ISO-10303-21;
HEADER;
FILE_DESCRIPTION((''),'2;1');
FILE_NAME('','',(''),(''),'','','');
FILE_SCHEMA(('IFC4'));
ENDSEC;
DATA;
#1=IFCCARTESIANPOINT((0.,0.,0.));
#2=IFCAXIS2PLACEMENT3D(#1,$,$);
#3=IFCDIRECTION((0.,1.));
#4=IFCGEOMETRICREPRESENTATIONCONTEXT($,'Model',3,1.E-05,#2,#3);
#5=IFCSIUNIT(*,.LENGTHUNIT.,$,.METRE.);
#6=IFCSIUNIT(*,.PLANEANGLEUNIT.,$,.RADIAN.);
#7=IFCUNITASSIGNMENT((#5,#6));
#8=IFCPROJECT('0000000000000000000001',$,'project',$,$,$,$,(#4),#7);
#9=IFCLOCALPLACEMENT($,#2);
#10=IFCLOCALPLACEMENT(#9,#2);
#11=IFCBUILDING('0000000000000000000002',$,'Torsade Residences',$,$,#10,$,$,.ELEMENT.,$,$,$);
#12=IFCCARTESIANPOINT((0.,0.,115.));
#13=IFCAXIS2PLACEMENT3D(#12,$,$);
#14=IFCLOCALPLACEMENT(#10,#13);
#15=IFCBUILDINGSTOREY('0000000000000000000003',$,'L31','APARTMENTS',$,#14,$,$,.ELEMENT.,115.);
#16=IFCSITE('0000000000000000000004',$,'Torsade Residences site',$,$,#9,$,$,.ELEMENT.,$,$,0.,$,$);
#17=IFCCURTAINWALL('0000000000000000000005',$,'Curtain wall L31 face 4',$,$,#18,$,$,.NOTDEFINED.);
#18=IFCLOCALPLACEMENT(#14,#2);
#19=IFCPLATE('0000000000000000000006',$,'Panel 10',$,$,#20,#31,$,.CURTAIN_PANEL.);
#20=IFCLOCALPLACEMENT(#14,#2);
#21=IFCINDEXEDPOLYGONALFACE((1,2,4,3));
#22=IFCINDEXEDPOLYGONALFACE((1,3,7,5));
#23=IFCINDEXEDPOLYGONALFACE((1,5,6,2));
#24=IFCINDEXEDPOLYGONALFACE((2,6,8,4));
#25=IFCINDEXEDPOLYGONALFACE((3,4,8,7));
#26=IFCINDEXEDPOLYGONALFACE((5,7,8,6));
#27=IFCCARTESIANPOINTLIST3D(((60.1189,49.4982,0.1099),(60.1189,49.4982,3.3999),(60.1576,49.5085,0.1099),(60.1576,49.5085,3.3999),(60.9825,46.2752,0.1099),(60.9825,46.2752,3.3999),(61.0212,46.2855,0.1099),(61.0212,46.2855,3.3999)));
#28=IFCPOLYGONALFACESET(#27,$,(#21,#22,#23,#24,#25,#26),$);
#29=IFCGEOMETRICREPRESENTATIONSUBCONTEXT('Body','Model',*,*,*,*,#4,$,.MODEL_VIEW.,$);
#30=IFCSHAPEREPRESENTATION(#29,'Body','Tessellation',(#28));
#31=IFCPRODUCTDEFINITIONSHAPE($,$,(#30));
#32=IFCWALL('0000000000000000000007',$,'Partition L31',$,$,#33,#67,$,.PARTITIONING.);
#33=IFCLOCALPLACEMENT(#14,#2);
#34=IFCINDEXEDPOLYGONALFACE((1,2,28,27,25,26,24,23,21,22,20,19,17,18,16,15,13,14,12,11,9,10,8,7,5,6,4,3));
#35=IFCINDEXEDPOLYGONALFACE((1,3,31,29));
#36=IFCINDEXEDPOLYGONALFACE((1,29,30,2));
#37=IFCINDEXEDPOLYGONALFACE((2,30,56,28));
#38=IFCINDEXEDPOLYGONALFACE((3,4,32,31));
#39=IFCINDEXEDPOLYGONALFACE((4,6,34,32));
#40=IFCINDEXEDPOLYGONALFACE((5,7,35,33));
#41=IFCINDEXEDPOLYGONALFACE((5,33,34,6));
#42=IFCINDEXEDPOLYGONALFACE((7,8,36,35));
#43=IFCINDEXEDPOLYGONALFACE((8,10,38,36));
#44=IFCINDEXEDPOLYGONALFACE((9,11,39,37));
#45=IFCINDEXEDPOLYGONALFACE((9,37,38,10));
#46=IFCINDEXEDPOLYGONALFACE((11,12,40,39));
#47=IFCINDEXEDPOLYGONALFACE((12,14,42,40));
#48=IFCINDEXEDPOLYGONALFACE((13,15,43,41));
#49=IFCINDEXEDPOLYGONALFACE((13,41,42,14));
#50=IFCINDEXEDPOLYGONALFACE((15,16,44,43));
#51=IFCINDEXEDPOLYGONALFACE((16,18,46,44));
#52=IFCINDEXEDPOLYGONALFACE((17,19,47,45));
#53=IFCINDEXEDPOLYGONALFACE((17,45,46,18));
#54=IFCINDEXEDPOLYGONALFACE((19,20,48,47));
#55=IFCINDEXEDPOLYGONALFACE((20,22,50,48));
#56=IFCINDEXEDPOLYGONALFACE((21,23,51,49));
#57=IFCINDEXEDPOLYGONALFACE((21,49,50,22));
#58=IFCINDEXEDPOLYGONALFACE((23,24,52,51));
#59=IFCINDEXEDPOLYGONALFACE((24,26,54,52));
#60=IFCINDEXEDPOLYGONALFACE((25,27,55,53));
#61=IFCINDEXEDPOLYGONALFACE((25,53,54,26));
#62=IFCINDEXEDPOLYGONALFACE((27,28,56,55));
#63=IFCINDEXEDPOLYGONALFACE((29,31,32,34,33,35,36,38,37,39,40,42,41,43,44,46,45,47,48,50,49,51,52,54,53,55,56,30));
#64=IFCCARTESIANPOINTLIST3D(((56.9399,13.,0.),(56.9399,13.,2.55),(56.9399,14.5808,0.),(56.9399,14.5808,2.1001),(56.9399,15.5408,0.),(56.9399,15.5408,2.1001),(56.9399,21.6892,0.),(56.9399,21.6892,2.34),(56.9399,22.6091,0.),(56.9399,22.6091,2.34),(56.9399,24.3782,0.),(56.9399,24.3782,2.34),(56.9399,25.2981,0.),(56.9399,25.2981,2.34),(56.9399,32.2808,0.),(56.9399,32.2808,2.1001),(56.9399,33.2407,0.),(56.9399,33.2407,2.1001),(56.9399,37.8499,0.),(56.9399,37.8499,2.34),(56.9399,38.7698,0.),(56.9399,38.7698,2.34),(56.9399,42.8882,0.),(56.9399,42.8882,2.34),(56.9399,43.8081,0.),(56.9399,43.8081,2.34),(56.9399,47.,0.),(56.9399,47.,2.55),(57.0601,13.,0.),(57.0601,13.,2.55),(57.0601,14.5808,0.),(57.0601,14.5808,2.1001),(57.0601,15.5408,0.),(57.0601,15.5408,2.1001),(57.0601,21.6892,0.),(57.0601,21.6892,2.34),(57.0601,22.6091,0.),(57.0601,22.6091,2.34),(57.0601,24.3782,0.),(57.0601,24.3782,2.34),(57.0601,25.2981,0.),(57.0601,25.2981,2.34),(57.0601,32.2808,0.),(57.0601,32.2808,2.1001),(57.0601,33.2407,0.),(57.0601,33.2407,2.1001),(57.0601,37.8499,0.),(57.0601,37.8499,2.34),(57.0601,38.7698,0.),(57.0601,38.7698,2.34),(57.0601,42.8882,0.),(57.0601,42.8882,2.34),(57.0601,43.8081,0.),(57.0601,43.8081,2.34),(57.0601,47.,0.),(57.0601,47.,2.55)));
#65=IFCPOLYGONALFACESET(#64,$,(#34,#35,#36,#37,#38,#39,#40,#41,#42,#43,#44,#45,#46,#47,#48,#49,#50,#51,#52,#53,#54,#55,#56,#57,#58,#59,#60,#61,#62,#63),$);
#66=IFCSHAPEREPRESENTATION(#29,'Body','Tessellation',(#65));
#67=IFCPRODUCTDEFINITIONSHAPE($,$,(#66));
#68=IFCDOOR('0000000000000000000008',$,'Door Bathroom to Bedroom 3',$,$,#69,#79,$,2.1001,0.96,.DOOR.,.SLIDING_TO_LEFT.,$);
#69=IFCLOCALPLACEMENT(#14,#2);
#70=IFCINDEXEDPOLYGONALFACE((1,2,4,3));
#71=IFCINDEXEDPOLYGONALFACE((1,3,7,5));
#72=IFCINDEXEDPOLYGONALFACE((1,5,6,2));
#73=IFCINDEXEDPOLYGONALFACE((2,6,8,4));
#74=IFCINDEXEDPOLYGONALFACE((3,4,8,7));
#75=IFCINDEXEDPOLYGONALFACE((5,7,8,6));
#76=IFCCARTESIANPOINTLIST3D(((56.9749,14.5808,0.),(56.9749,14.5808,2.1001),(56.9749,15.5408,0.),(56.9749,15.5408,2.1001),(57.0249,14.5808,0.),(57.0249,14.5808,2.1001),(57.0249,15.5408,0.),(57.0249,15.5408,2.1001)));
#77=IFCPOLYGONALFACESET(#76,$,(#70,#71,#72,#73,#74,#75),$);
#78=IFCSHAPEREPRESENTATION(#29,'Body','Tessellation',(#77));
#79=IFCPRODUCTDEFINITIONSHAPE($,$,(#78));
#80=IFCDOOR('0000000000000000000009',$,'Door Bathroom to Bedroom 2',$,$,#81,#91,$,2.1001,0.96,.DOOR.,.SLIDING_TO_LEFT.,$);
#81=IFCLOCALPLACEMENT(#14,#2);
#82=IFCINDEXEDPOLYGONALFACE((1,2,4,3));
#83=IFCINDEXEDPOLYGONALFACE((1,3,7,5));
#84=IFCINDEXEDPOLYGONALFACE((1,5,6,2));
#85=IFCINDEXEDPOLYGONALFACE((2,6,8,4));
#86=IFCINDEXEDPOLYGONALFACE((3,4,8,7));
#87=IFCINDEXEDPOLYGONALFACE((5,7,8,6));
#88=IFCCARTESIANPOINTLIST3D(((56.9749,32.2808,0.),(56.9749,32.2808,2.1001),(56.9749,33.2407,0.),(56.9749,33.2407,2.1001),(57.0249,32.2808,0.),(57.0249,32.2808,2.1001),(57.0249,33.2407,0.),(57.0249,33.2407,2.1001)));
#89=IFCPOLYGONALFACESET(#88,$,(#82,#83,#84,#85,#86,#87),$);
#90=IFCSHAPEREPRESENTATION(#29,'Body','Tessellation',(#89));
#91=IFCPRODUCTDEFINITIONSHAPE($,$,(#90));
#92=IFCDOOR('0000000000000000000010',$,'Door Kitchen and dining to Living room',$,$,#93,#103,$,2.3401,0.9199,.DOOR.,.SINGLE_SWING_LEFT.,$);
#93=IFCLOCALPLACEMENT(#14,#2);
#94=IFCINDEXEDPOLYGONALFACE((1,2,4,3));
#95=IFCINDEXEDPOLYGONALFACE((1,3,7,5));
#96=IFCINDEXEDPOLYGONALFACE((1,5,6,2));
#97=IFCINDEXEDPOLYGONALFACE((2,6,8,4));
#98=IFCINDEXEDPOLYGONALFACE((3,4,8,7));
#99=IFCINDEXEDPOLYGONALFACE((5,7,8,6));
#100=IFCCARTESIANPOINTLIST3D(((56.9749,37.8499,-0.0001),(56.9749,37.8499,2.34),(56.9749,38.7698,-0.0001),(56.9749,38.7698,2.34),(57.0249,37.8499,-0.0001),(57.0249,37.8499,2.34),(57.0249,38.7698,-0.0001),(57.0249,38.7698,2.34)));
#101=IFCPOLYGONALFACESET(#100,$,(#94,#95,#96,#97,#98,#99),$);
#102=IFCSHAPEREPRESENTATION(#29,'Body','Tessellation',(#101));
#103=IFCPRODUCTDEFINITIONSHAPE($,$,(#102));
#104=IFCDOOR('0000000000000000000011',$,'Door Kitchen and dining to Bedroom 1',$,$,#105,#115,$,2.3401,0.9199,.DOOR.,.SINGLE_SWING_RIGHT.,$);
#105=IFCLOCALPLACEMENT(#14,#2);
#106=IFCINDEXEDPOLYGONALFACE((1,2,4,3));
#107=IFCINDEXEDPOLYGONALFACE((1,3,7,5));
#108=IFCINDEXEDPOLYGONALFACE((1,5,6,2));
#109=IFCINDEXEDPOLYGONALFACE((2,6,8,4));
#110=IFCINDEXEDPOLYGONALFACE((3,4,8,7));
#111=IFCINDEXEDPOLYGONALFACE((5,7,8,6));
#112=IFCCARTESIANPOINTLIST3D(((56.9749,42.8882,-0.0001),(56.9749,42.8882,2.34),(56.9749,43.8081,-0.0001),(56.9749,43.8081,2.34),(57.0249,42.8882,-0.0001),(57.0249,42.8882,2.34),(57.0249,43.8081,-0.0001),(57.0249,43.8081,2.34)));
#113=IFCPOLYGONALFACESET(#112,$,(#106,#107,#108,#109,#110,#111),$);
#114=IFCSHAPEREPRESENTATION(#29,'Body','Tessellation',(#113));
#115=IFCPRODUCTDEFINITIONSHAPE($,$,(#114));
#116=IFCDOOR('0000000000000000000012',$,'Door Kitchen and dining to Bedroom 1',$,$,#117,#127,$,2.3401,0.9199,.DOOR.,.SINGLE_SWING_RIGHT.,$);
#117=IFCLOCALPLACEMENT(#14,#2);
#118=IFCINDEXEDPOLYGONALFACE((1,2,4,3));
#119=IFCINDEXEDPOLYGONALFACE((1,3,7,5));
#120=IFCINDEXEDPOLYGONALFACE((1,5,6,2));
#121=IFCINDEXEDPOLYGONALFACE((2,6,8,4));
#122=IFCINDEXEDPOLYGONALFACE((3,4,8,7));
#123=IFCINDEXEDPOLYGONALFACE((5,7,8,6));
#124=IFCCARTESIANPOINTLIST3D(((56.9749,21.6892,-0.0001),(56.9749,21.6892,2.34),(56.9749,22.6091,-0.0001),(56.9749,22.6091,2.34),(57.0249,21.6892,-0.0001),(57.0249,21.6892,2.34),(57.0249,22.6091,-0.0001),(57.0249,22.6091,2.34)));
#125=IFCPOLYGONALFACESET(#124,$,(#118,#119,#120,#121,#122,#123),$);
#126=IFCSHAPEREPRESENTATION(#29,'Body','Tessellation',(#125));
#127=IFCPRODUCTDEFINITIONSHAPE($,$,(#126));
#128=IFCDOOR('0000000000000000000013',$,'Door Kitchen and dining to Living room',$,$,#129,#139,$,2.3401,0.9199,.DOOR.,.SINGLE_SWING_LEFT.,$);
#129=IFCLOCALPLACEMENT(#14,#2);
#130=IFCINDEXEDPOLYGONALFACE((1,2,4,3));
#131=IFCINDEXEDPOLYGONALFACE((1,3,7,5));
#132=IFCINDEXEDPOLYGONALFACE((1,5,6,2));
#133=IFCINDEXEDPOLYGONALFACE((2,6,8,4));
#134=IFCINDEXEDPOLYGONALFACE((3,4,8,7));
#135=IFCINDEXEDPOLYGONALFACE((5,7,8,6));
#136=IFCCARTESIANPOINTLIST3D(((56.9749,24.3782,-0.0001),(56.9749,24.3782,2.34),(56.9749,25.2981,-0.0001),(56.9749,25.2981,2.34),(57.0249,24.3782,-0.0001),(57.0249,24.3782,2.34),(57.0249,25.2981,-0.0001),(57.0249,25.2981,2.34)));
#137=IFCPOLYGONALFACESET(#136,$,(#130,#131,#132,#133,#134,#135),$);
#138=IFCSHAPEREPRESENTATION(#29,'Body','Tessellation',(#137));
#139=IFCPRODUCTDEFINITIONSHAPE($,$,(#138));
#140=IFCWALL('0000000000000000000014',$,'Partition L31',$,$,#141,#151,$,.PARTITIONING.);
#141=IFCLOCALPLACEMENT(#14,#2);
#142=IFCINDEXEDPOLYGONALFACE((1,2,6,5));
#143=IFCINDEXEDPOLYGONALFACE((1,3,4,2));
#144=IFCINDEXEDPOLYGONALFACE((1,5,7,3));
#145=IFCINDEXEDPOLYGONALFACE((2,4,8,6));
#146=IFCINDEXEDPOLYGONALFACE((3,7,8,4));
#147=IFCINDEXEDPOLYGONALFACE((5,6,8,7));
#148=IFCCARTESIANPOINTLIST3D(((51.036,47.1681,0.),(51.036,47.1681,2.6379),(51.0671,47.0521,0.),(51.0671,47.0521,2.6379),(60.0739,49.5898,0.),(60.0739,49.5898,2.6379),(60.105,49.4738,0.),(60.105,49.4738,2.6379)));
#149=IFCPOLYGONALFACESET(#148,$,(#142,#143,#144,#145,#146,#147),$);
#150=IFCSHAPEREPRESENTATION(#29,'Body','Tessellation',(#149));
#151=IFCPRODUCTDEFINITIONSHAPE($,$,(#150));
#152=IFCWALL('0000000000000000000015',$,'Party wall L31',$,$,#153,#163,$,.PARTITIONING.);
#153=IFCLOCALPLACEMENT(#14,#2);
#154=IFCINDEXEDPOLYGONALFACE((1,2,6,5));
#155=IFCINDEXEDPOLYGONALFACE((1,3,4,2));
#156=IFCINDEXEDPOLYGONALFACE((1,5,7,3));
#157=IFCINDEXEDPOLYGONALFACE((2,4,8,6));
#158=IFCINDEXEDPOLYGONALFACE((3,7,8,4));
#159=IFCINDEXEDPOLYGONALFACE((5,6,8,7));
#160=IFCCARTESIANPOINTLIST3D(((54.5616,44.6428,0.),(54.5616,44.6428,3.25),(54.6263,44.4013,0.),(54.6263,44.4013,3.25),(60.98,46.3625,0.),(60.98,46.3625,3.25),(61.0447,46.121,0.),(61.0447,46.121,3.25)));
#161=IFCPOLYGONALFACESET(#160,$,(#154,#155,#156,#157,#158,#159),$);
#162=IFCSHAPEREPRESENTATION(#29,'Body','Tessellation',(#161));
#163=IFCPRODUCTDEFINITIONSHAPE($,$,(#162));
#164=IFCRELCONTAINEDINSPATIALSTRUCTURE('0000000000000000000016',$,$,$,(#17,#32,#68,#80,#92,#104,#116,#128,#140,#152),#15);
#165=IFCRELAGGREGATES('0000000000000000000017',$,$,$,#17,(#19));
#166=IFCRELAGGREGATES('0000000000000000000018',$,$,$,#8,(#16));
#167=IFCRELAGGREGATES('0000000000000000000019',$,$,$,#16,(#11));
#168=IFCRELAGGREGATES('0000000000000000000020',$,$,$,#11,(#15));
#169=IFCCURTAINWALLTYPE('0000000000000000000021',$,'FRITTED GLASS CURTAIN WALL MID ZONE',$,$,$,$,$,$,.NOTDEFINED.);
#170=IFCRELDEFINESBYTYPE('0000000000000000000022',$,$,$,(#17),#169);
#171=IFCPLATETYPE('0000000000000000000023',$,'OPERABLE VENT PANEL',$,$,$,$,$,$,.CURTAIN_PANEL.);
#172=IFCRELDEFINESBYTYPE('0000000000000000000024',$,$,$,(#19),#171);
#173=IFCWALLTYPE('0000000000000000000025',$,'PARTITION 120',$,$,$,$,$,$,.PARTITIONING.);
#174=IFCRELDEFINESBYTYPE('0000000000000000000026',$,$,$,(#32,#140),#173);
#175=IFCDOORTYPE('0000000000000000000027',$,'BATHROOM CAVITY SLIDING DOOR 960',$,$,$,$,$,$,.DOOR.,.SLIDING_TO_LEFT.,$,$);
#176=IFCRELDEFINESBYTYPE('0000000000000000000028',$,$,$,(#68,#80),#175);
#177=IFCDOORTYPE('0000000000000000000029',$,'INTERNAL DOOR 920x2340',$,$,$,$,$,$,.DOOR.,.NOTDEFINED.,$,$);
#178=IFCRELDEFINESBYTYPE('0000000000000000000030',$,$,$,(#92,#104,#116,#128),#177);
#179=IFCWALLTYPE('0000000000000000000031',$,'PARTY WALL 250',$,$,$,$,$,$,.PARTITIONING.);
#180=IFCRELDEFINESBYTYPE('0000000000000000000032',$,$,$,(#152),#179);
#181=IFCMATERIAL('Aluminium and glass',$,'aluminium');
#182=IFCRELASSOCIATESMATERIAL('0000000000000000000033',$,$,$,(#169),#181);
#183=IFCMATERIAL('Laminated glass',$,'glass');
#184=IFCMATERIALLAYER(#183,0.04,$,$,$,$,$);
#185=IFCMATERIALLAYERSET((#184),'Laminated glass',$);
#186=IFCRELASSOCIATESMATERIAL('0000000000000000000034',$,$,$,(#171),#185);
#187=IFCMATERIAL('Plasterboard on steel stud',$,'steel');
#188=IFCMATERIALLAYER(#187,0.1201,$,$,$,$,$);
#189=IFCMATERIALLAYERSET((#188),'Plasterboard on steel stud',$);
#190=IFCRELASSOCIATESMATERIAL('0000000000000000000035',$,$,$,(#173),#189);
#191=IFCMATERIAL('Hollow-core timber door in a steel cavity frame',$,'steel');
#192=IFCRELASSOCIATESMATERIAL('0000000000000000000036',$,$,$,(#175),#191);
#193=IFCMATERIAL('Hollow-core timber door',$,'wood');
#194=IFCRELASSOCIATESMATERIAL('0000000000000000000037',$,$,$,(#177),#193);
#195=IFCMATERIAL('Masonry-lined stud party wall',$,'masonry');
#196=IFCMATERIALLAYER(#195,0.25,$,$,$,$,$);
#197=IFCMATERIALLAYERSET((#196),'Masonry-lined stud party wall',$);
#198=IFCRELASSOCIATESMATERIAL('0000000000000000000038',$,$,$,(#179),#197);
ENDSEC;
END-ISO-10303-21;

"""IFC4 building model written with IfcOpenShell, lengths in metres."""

from ifc_helpers import new_model, si_unit, direction, frame, frame_2d, origin, origin_2d, place, context, subcontext, project, spatial, rectangle, extrude, material, layer, layer_set, type_object, element, fill, aggregate, save


model = new_model("IFC4")

# Units and contexts
model_context = context("Model", 3, precision=1e-05, world=origin(), true_north=direction((0.0, 1.0)))
body_context = subcontext(model_context, "Body", "Model", "MODEL_VIEW")
ifc_project = project(units=[si_unit("LENGTHUNIT", "METRE"), si_unit("PLANEANGLEUNIT", "RADIAN")], contexts=[model_context])

# Site, building, storey
site_placement = place(None, origin())
site = spatial("IfcSite", under=ifc_project, at=site_placement, Name="Torsade Residences site", CompositionType="ELEMENT", RefElevation=0.0)
building_placement = place(site_placement, origin())
building = spatial("IfcBuilding", under=site, at=building_placement, Name="Torsade Residences", CompositionType="ELEMENT")
storey_placement = place(building_placement, frame((0.0, 0.0, 115.0)))
storey = spatial("IfcBuildingStorey", under=building, at=storey_placement, Name="L31", Description="APARTMENTS", CompositionType="ELEMENT", Elevation=115.0)

# Curtain wall
ifc_material_1 = material(Name="Aluminium and glass", Category="aluminium")
curtain_wall_type = type_object("IfcCurtainWallType", Name="FRITTED GLASS CURTAIN WALL MID ZONE", PredefinedType="NOTDEFINED", material=ifc_material_1)
curtain_wall_placement = place(storey_placement, origin())
curtain_wall = element("IfcCurtainWall", 1, at=curtain_wall_placement, inside=storey, type_object=curtain_wall_type, Name="Curtain wall L31 face 4", PredefinedType="NOTDEFINED")

# Plate
ifc_material_2 = material(Name="Laminated glass", Category="glass")
ifc_layer_1 = layer(ifc_material_2, 0.04)
ifc_layer_set_1 = layer_set([ifc_layer_1], Name="Laminated glass")
plate_type_1 = type_object("IfcPlateType", Name="OPERABLE VENT PANEL", PredefinedType="CURTAIN_PANEL", material=ifc_layer_set_1)
plate_1_placement = place(storey_placement, frame((60.5701, 47.8918, 0.1099), z_axis=(0.0, 0.0, 1.0), x_axis=(-0.258819, 0.965926, 0.0)))
plate_1 = element("IfcPlate", 2, at=plate_1_placement, type_object=plate_type_1, Name="Panel 10", PredefinedType="CURTAIN_PANEL", context=body_context, shape_type="SweptSolid", body=[
    extrude(rectangle(XDim=3.3367, YDim=0.04, at=origin_2d()), origin(), (0.0, 0.0, 1.0), 3.29),
])
aggregate(curtain_wall, [plate_1])

# Wall, openings, doors
ifc_material_3 = material(Name="Plasterboard on steel stud", Category="steel")
ifc_layer_2 = layer(ifc_material_3, 0.1201)
ifc_layer_set_2 = layer_set([ifc_layer_2], Name="Plasterboard on steel stud")
wall_type_1 = type_object("IfcWallType", Name="PARTITION 120", PredefinedType="PARTITIONING", material=ifc_layer_set_2)
wall_1_placement = place(storey_placement, frame((57.0, 47.0, 0.0), z_axis=(0.0, 0.0, 1.0), x_axis=(0.0, -1.0, 0.0)))
wall_1 = element("IfcWall", 3, at=wall_1_placement, inside=storey, type_object=wall_type_1, Name="Partition L31", PredefinedType="PARTITIONING", context=body_context, shape_type="SweptSolid", body=[
    extrude(rectangle(XDim=34.0, YDim=0.1201, at=frame_2d((17.0, 0.0))), origin(), (0.0, 0.0, 1.0), 2.55),
])
opening_1_placement = place(wall_1_placement, frame((8.2302, 0.0, 0.0)))
opening_1 = element("IfcOpeningElement", 4, at=opening_1_placement, cuts=wall_1, PredefinedType="OPENING", context=body_context, shape_type="SweptSolid", body=[
    extrude(rectangle(XDim=0.9199, YDim=2.3401, at=frame_2d((0.46, 1.1699))), frame((0.0, 0.0701, 0.0), z_axis=(0.0, -1.0, 0.0), x_axis=(1.0, 0.0, 0.0)), (0.0, 0.0, 1.0), 0.1401),
])
opening_2_placement = place(wall_1_placement, frame((3.1919, 0.0, 0.0)))
opening_2 = element("IfcOpeningElement", 5, at=opening_2_placement, cuts=wall_1, PredefinedType="OPENING", context=body_context, shape_type="SweptSolid", body=[
    extrude(rectangle(XDim=0.9199, YDim=2.3401, at=frame_2d((0.46, 1.1699))), frame((0.0, 0.0701, 0.0), z_axis=(0.0, -1.0, 0.0), x_axis=(1.0, 0.0, 0.0)), (0.0, 0.0, 1.0), 0.1401),
])
opening_3_placement = place(wall_1_placement, frame((24.3909, 0.0, 0.0)))
opening_3 = element("IfcOpeningElement", 6, at=opening_3_placement, cuts=wall_1, PredefinedType="OPENING", context=body_context, shape_type="SweptSolid", body=[
    extrude(rectangle(XDim=0.9199, YDim=2.3401, at=frame_2d((0.46, 1.1699))), frame((0.0, 0.0701, 0.0), z_axis=(0.0, -1.0, 0.0), x_axis=(1.0, 0.0, 0.0)), (0.0, 0.0, 1.0), 0.1401),
])
opening_4_placement = place(wall_1_placement, frame((21.7019, 0.0, 0.0)))
opening_4 = element("IfcOpeningElement", 7, at=opening_4_placement, cuts=wall_1, PredefinedType="OPENING", context=body_context, shape_type="SweptSolid", body=[
    extrude(rectangle(XDim=0.9199, YDim=2.3401, at=frame_2d((0.46, 1.1699))), frame((0.0, 0.0701, 0.0), z_axis=(0.0, -1.0, 0.0), x_axis=(1.0, 0.0, 0.0)), (0.0, 0.0, 1.0), 0.1401),
])
opening_5_placement = place(wall_1_placement, frame((31.4592, 0.0, 0.0)))
opening_5 = element("IfcOpeningElement", 8, at=opening_5_placement, cuts=wall_1, PredefinedType="OPENING", context=body_context, shape_type="SweptSolid", body=[
    extrude(rectangle(XDim=0.96, YDim=2.1001, at=frame_2d((0.48, 1.05))), frame((0.0, 0.0701, 0.0), z_axis=(0.0, -1.0, 0.0), x_axis=(1.0, 0.0, 0.0)), (0.0, 0.0, 1.0), 0.1401),
])
opening_6_placement = place(wall_1_placement, frame((13.7593, 0.0, 0.0)))
opening_6 = element("IfcOpeningElement", 9, at=opening_6_placement, cuts=wall_1, PredefinedType="OPENING", context=body_context, shape_type="SweptSolid", body=[
    extrude(rectangle(XDim=0.96, YDim=2.1001, at=frame_2d((0.48, 1.05))), frame((0.0, 0.0701, 0.0), z_axis=(0.0, -1.0, 0.0), x_axis=(1.0, 0.0, 0.0)), (0.0, 0.0, 1.0), 0.1401),
])
ifc_material_4 = material(Name="Hollow-core timber door in a steel cavity frame", Category="steel")
door_type_1 = type_object("IfcDoorType", Name="BATHROOM CAVITY SLIDING DOOR 960", OperationType="SLIDING_TO_LEFT", PredefinedType="DOOR", material=ifc_material_4)
door_1_placement = place(opening_5_placement, origin())
door_1 = element("IfcDoor", 10, at=door_1_placement, inside=storey, type_object=door_type_1, Name="Door Bathroom to Bedroom 3", OperationType="SLIDING_TO_LEFT", OverallHeight=2.1001, OverallWidth=0.96, PredefinedType="DOOR", context=body_context, shape_type="SweptSolid", body=[
    extrude(rectangle(XDim=0.96, YDim=2.1001, at=frame_2d((0.48, 1.05))), frame((0.0, 0.0249, 0.0), z_axis=(0.0, -1.0, 0.0), x_axis=(1.0, 0.0, 0.0)), (0.0, 0.0, 1.0), 0.05),
])
fill(opening_5, door_1)
door_2_placement = place(opening_6_placement, origin())
door_2 = element("IfcDoor", 11, at=door_2_placement, inside=storey, type_object=door_type_1, Name="Door Bathroom to Bedroom 2", OperationType="SLIDING_TO_LEFT", OverallHeight=2.1001, OverallWidth=0.96, PredefinedType="DOOR", context=body_context, shape_type="SweptSolid", body=[
    extrude(rectangle(XDim=0.96, YDim=2.1001, at=frame_2d((0.48, 1.05))), frame((0.0, 0.0249, 0.0), z_axis=(0.0, -1.0, 0.0), x_axis=(1.0, 0.0, 0.0)), (0.0, 0.0, 1.0), 0.05),
])
fill(opening_6, door_2)
ifc_material_5 = material(Name="Hollow-core timber door", Category="wood")
door_type_2 = type_object("IfcDoorType", Name="INTERNAL DOOR 920x2340", OperationType="NOTDEFINED", PredefinedType="DOOR", material=ifc_material_5)
door_3_placement = place(opening_1_placement, origin())
door_3 = element("IfcDoor", 12, at=door_3_placement, inside=storey, type_object=door_type_2, Name="Door Kitchen and dining to Living room", OperationType="SINGLE_SWING_LEFT", OverallHeight=2.3401, OverallWidth=0.9199, PredefinedType="DOOR", context=body_context, shape_type="SweptSolid", body=[
    extrude(rectangle(XDim=0.9199, YDim=2.3401, at=frame_2d((0.46, 1.1699))), frame((0.0, 0.0249, 0.0), z_axis=(0.0, -1.0, 0.0), x_axis=(1.0, 0.0, 0.0)), (0.0, 0.0, 1.0), 0.05),
])
fill(opening_1, door_3)
door_4_placement = place(opening_2_placement, origin())
door_4 = element("IfcDoor", 13, at=door_4_placement, inside=storey, type_object=door_type_2, Name="Door Kitchen and dining to Bedroom 1", OperationType="SINGLE_SWING_RIGHT", OverallHeight=2.3401, OverallWidth=0.9199, PredefinedType="DOOR", context=body_context, shape_type="SweptSolid", body=[
    extrude(rectangle(XDim=0.9199, YDim=2.3401, at=frame_2d((0.46, 1.1699))), frame((0.0, 0.0249, 0.0), z_axis=(0.0, -1.0, 0.0), x_axis=(1.0, 0.0, 0.0)), (0.0, 0.0, 1.0), 0.05),
])
fill(opening_2, door_4)
door_5_placement = place(opening_3_placement, origin())
door_5 = element("IfcDoor", 14, at=door_5_placement, inside=storey, type_object=door_type_2, Name="Door Kitchen and dining to Bedroom 1", OperationType="SINGLE_SWING_RIGHT", OverallHeight=2.3401, OverallWidth=0.9199, PredefinedType="DOOR", context=body_context, shape_type="SweptSolid", body=[
    extrude(rectangle(XDim=0.9199, YDim=2.3401, at=frame_2d((0.46, 1.1699))), frame((0.0, 0.0249, 0.0), z_axis=(0.0, -1.0, 0.0), x_axis=(1.0, 0.0, 0.0)), (0.0, 0.0, 1.0), 0.05),
])
fill(opening_3, door_5)
door_6_placement = place(opening_4_placement, origin())
door_6 = element("IfcDoor", 15, at=door_6_placement, inside=storey, type_object=door_type_2, Name="Door Kitchen and dining to Living room", OperationType="SINGLE_SWING_LEFT", OverallHeight=2.3401, OverallWidth=0.9199, PredefinedType="DOOR", context=body_context, shape_type="SweptSolid", body=[
    extrude(rectangle(XDim=0.9199, YDim=2.3401, at=frame_2d((0.46, 1.1699))), frame((0.0, 0.0249, 0.0), z_axis=(0.0, -1.0, 0.0), x_axis=(1.0, 0.0, 0.0)), (0.0, 0.0, 1.0), 0.05),
])
fill(opening_4, door_6)

# Walls
wall_2_placement = place(storey_placement, frame((60.0894, 49.5317, 0.0), z_axis=(0.0, 0.0, 1.0), x_axis=(-0.965927, -0.258814, 0.0)))
element("IfcWall", 16, at=wall_2_placement, inside=storey, type_object=wall_type_1, Name="Partition L31", PredefinedType="PARTITIONING", context=body_context, shape_type="SweptSolid", body=[
    extrude(rectangle(XDim=9.3567, YDim=0.1201, at=frame_2d((4.6782, 0.0))), origin(), (0.0, 0.0, 1.0), 2.6379),
])
ifc_material_6 = material(Name="Masonry-lined stud party wall", Category="masonry")
ifc_layer_3 = layer(ifc_material_6, 0.25)
ifc_layer_set_3 = layer_set([ifc_layer_3], Name="Masonry-lined stud party wall")
wall_type_2 = type_object("IfcWallType", Name="PARTY WALL 250", PredefinedType="PARTITIONING", material=ifc_layer_set_3)
wall_3_placement = place(storey_placement, frame((61.0122, 46.2417, 0.0), z_axis=(0.0, 0.0, 1.0), x_axis=(-0.965929, -0.258806, 0.0)))
element("IfcWall", 17, at=wall_3_placement, inside=storey, type_object=wall_type_2, Name="Party wall L31", PredefinedType="PARTITIONING", context=body_context, shape_type="SweptSolid", body=[
    extrude(rectangle(XDim=6.6448, YDim=0.25, at=frame_2d((3.3223, 0.0))), origin(), (0.0, 0.0, 1.0), 3.25),
])

save(model, "model.ifc")
